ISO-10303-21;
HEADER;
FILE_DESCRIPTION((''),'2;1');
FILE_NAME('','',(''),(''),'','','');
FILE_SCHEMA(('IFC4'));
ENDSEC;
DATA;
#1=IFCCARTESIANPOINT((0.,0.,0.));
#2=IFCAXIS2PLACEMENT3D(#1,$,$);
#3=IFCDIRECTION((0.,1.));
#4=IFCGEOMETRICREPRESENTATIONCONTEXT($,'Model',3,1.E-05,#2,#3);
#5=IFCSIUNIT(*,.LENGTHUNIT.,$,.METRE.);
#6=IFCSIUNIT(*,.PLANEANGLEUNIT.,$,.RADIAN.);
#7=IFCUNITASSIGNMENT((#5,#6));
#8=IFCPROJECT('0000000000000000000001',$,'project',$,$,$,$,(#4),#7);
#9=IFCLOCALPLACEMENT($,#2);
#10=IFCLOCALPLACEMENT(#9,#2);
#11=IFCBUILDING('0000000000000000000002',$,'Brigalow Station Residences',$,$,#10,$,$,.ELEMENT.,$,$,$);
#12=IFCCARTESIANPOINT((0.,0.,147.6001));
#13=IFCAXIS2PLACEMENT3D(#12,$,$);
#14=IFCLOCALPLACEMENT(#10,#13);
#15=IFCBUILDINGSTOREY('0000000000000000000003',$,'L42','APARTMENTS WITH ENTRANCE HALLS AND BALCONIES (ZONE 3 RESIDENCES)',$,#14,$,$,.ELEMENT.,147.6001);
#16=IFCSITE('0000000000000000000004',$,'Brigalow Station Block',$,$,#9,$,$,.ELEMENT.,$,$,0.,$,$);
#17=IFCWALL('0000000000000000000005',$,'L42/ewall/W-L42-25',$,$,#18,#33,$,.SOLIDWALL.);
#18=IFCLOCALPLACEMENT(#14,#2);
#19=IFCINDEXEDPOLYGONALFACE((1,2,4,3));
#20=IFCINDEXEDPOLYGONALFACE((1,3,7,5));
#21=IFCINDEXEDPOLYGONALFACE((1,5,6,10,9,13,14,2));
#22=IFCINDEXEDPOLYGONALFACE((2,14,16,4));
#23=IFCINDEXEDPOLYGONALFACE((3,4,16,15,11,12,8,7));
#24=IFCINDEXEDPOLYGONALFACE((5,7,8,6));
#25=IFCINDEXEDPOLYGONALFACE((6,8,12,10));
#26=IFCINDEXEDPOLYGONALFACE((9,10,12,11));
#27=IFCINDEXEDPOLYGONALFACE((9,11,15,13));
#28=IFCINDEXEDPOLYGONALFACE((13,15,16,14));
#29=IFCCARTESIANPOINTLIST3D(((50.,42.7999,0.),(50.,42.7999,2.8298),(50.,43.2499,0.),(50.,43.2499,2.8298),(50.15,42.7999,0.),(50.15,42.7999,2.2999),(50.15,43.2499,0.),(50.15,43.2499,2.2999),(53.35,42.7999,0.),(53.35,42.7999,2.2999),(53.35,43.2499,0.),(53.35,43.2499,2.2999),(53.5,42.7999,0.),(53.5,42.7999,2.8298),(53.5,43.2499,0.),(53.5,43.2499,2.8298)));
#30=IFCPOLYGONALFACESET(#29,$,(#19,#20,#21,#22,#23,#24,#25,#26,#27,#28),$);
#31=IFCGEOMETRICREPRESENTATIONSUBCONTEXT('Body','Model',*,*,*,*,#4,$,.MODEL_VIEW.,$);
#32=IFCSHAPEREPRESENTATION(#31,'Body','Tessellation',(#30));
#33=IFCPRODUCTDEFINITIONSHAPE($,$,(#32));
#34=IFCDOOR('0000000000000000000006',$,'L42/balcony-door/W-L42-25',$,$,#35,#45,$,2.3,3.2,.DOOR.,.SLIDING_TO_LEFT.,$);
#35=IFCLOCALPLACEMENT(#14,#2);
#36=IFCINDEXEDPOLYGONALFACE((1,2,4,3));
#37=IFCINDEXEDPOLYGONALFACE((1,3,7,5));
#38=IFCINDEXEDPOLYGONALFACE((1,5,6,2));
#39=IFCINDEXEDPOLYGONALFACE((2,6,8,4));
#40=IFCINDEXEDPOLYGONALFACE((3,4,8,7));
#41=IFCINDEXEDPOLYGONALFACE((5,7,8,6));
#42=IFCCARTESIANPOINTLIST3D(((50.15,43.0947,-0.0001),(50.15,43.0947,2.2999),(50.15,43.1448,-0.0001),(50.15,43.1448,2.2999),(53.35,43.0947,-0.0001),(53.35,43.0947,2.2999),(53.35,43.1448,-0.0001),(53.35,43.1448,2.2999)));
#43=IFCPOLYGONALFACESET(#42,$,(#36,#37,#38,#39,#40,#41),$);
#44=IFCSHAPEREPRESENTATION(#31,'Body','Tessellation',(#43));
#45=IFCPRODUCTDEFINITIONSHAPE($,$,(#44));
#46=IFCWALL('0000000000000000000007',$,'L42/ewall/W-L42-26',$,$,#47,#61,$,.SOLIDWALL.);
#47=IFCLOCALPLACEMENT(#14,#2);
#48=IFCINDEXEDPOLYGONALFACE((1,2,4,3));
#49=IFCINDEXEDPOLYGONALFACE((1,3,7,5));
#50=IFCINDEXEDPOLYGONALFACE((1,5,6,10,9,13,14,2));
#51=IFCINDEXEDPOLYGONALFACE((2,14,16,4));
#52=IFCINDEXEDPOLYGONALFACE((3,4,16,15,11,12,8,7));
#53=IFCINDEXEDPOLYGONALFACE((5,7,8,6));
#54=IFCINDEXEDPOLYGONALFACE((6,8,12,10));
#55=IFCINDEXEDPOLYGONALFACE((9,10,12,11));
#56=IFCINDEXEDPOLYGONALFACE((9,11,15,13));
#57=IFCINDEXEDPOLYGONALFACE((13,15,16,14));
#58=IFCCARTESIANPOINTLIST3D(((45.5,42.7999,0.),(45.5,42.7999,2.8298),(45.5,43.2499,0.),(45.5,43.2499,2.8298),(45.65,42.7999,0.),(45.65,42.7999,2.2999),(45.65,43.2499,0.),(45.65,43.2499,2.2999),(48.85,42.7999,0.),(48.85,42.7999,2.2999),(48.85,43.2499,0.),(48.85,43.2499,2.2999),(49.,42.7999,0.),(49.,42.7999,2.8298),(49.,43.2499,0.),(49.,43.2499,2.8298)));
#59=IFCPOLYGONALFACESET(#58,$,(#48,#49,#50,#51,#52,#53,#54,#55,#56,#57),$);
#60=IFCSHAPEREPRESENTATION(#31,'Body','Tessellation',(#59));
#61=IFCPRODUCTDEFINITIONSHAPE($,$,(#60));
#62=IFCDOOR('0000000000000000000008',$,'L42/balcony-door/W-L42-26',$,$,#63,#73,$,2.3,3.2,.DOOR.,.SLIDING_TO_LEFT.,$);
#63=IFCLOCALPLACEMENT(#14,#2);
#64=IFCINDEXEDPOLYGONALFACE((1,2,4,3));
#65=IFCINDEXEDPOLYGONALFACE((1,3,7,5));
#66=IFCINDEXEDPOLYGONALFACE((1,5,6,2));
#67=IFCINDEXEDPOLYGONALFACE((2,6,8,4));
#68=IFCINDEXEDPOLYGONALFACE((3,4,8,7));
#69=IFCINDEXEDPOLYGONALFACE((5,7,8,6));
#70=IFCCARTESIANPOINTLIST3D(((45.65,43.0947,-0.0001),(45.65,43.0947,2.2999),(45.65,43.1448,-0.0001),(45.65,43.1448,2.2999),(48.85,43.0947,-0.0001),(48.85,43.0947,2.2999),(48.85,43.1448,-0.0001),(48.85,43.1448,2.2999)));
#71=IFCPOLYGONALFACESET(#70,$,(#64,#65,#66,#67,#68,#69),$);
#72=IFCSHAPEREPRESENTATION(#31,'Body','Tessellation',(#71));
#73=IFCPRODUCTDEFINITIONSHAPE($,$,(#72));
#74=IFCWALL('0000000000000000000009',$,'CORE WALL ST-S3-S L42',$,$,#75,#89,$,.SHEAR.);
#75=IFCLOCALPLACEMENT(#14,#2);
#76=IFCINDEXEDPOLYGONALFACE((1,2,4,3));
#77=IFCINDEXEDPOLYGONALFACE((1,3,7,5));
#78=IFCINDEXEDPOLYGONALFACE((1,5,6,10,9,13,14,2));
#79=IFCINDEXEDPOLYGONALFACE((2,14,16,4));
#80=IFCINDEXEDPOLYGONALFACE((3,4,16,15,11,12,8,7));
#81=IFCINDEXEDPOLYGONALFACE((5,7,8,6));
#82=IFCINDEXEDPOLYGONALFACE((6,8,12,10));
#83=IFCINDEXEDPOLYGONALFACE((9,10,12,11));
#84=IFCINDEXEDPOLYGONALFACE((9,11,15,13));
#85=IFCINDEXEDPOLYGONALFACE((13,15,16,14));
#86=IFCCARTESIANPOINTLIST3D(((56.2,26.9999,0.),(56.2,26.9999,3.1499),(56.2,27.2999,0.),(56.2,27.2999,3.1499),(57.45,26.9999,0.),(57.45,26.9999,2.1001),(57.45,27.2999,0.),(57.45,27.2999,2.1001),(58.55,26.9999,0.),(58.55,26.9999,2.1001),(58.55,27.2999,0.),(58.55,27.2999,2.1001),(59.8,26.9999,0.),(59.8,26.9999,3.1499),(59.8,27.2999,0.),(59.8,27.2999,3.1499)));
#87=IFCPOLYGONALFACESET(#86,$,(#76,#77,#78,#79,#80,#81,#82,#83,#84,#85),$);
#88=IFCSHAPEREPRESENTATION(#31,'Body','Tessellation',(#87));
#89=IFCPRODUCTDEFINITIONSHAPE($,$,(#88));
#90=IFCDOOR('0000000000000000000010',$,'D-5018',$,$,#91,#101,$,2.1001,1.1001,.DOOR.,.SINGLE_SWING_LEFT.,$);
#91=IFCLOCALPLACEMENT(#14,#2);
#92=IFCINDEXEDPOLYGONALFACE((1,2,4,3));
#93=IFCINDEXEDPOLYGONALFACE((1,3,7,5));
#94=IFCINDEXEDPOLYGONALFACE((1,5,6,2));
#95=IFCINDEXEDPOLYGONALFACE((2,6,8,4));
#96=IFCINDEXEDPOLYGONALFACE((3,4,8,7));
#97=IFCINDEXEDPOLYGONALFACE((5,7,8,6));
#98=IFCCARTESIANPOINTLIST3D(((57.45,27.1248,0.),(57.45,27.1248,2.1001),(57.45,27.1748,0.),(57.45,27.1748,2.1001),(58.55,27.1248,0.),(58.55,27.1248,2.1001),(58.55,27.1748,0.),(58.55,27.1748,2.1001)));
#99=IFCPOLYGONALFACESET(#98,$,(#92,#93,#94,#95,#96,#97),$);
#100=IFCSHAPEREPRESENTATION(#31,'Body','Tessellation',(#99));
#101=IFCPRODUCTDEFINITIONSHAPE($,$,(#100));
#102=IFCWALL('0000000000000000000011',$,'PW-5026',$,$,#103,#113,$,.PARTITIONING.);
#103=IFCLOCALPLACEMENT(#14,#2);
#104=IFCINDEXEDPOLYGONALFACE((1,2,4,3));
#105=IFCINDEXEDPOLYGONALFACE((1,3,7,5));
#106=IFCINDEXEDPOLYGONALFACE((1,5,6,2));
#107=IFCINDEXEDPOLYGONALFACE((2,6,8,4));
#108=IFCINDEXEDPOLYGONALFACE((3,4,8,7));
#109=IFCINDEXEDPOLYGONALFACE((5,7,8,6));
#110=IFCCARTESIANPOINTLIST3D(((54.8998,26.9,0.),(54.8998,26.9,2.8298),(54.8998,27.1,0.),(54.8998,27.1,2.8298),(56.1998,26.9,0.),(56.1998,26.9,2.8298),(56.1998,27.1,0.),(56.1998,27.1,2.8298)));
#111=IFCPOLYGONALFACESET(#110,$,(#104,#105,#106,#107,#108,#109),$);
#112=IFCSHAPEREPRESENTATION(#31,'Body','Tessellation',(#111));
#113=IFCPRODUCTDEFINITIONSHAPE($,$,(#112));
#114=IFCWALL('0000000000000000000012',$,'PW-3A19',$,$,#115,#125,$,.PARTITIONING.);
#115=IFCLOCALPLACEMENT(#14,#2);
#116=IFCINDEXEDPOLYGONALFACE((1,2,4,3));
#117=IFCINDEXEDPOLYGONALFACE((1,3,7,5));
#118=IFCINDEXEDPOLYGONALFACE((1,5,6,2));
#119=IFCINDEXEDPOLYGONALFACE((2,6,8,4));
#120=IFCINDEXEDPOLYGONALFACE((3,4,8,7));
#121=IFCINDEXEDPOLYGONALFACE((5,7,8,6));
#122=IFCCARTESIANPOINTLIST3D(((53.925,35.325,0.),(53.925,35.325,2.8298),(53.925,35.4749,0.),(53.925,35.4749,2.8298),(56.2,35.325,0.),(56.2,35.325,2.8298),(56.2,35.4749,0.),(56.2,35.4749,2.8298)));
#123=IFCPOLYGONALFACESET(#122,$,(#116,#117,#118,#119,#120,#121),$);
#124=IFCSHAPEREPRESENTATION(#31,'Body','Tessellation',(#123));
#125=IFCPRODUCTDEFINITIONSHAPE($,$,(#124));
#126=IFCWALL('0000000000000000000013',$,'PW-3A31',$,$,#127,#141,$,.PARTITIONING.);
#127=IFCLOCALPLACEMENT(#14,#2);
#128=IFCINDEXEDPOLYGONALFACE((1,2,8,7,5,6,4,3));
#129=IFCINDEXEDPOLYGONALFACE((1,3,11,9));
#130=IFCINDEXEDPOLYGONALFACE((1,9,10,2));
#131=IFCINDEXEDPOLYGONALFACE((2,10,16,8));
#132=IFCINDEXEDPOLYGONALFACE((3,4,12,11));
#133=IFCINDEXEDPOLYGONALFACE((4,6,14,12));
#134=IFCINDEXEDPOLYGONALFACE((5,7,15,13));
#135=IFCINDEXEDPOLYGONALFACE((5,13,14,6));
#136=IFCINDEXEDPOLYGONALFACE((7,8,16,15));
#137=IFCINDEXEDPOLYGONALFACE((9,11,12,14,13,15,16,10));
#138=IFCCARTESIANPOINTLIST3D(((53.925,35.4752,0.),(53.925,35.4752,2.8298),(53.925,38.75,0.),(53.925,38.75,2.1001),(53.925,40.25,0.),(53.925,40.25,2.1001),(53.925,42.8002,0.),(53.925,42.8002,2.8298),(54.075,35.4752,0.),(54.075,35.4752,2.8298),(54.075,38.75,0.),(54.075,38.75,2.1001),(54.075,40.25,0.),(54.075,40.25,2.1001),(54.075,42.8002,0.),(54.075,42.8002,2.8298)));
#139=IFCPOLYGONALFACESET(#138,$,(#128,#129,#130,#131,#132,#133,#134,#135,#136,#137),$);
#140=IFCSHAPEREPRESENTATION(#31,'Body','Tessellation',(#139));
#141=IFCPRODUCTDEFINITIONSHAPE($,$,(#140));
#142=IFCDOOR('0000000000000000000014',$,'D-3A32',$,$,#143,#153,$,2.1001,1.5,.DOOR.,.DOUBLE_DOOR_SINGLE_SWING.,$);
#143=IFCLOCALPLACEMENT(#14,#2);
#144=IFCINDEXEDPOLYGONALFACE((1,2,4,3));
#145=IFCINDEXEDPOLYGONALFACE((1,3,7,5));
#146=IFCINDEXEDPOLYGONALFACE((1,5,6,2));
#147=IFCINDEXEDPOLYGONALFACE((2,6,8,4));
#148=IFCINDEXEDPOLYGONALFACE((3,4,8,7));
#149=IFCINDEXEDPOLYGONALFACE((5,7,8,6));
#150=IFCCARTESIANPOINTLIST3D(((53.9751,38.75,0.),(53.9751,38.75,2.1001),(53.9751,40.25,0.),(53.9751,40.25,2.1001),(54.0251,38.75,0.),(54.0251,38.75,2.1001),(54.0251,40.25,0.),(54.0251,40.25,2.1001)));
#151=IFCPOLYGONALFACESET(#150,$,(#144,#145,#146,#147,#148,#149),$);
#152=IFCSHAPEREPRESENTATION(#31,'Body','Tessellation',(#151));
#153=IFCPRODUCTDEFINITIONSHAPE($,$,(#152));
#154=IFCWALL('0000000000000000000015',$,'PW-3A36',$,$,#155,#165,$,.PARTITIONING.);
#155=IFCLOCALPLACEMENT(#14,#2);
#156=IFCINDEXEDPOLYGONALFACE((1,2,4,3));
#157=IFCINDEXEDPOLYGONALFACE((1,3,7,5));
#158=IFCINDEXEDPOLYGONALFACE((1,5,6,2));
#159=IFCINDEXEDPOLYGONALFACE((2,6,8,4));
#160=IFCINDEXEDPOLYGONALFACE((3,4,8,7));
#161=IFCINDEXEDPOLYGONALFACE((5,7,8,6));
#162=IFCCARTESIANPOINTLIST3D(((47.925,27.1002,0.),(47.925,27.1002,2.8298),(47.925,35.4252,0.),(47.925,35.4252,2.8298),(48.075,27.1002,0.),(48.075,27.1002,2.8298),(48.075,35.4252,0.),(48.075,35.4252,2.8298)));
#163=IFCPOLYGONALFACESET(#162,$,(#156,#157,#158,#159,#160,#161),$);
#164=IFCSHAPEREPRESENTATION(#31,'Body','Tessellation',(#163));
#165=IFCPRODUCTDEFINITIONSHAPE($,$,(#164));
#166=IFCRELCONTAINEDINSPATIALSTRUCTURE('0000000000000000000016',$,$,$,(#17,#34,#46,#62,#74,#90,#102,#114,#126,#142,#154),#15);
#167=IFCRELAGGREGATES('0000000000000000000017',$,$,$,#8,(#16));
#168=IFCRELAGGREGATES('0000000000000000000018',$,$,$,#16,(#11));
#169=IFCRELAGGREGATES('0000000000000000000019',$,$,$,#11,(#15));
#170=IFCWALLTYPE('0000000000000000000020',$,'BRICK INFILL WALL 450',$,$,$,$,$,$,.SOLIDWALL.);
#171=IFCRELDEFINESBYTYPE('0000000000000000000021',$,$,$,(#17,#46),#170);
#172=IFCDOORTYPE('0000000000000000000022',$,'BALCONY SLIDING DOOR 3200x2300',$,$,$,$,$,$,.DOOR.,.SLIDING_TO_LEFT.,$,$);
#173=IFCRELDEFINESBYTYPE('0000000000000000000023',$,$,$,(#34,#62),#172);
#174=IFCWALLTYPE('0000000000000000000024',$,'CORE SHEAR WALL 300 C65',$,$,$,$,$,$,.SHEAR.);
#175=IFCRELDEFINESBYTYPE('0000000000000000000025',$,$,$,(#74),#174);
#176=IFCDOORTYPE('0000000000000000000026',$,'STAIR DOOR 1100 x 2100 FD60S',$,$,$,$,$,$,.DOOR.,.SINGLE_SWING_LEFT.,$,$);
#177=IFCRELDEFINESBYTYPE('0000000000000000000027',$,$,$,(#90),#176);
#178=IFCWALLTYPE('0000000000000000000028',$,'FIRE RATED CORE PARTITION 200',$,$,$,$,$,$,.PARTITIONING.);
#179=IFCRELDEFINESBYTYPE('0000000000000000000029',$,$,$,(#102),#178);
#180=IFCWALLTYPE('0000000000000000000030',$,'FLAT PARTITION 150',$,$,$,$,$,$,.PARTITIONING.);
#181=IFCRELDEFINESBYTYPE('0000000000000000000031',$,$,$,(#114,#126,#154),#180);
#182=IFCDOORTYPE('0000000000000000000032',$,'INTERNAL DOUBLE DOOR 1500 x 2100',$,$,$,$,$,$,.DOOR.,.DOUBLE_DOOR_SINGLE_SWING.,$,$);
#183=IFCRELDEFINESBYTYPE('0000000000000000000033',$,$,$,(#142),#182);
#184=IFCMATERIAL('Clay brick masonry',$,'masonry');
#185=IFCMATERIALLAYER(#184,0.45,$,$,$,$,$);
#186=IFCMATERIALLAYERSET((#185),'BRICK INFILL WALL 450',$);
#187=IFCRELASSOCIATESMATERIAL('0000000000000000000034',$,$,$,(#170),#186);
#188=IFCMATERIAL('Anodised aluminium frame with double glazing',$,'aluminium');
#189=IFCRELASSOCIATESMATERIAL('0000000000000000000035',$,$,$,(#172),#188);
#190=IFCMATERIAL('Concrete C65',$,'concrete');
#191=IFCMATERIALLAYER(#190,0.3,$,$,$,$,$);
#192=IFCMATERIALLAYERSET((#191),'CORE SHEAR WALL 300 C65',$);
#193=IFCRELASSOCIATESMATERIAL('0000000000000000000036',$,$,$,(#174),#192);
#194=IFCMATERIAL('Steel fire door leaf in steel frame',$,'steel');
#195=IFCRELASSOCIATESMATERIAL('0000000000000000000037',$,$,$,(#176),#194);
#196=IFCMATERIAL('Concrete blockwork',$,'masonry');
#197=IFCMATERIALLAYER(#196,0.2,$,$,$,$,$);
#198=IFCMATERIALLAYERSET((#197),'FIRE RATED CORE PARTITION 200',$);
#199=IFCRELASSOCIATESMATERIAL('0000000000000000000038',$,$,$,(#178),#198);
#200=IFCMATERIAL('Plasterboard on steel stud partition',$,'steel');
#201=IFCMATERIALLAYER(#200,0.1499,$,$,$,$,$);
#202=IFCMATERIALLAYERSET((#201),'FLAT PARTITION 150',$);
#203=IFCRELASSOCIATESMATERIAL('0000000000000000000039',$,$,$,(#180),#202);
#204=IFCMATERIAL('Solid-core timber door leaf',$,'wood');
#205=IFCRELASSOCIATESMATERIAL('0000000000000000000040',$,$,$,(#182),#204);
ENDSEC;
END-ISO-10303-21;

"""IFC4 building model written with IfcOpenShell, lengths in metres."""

from ifc_helpers import new_model, si_unit, direction, frame, frame_2d, origin, place, context, subcontext, project, spatial, rectangle, extrude, material, layer, layer_set, type_object, element, fill, save


model = new_model("IFC4")

# Units and contexts
model_context = context("Model", 3, precision=1e-05, world=origin(), true_north=direction((0.0, 1.0)))
body_context = subcontext(model_context, "Body", "Model", "MODEL_VIEW")
ifc_project = project(units=[si_unit("LENGTHUNIT", "METRE"), si_unit("PLANEANGLEUNIT", "RADIAN")], contexts=[model_context])

# Site, building, storey
site_placement = place(None, origin())
site = spatial("IfcSite", under=ifc_project, at=site_placement, Name="Brigalow Station Block", CompositionType="ELEMENT", RefElevation=0.0)
building_placement = place(site_placement, origin())
building = spatial("IfcBuilding", under=site, at=building_placement, Name="Brigalow Station Residences", CompositionType="ELEMENT")
storey_placement = place(building_placement, frame((0.0, 0.0, 147.6001)))
storey = spatial("IfcBuildingStorey", under=building, at=storey_placement, Name="L42", Description="APARTMENTS WITH ENTRANCE HALLS AND BALCONIES (ZONE 3 RESIDENCES)", CompositionType="ELEMENT", Elevation=147.6001)

# Walls, openings, doors
ifc_material_1 = material(Name="Clay brick masonry", Category="masonry")
ifc_layer_1 = layer(ifc_material_1, 0.45)
ifc_layer_set_1 = layer_set([ifc_layer_1], Name="BRICK INFILL WALL 450")
wall_type_1 = type_object("IfcWallType", Name="BRICK INFILL WALL 450", PredefinedType="SOLIDWALL", material=ifc_layer_set_1)
wall_1_placement = place(storey_placement, frame((53.5, 43.0249, 0.0), z_axis=(0.0, 0.0, 1.0), x_axis=(-1.0, 0.0, 0.0)))
wall_1 = element("IfcWall", 1, at=wall_1_placement, inside=storey, type_object=wall_type_1, Name="L42/ewall/W-L42-25", PredefinedType="SOLIDWALL", context=body_context, shape_type="SweptSolid", body=[
    extrude(rectangle(XDim=3.5, YDim=0.45, at=frame_2d((1.75, 0.0))), origin(), (0.0, 0.0, 1.0), 2.8298),
])
opening_1_placement = place(wall_1_placement, frame((0.1499, 0.0, 0.0)))
opening_1 = element("IfcOpeningElement", 2, at=opening_1_placement, cuts=wall_1, PredefinedType="OPENING", context=body_context, shape_type="SweptSolid", body=[
    extrude(rectangle(XDim=3.2, YDim=2.3, at=frame_2d((1.6001, 1.1499))), frame((0.0, 0.2349, 0.0), z_axis=(0.0, -1.0, 0.0), x_axis=(1.0, 0.0, 0.0)), (0.0, 0.0, 1.0), 0.47),
])
ifc_material_2 = material(Name="Anodised aluminium frame with double glazing", Category="aluminium")
door_type_1 = type_object("IfcDoorType", Name="BALCONY SLIDING DOOR 3200x2300", OperationType="SLIDING_TO_LEFT", PredefinedType="DOOR", material=ifc_material_2)
door_1_placement = place(opening_1_placement, origin())
door_1 = element("IfcDoor", 3, at=door_1_placement, inside=storey, type_object=door_type_1, Name="L42/balcony-door/W-L42-25", OperationType="SLIDING_TO_LEFT", OverallHeight=2.3, OverallWidth=3.2, PredefinedType="DOOR", context=body_context, shape_type="SweptSolid", body=[
    extrude(rectangle(XDim=3.2, YDim=2.3, at=frame_2d((1.6001, 1.1499))), frame((0.0, -0.0698, 0.0), z_axis=(0.0, -1.0, 0.0), x_axis=(1.0, 0.0, 0.0)), (0.0, 0.0, 1.0), 0.05),
])
fill(opening_1, door_1)
wall_2_placement = place(storey_placement, frame((49.0, 43.0249, 0.0), z_axis=(0.0, 0.0, 1.0), x_axis=(-1.0, 0.0, 0.0)))
wall_2 = element("IfcWall", 4, at=wall_2_placement, inside=storey, type_object=wall_type_1, Name="L42/ewall/W-L42-26", PredefinedType="SOLIDWALL", context=body_context, shape_type="SweptSolid", body=[
    extrude(rectangle(XDim=3.5, YDim=0.45, at=frame_2d((1.75, 0.0))), origin(), (0.0, 0.0, 1.0), 2.8298),
])
opening_2_placement = place(wall_2_placement, frame((0.1499, 0.0, 0.0)))
opening_2 = element("IfcOpeningElement", 5, at=opening_2_placement, cuts=wall_2, PredefinedType="OPENING", context=body_context, shape_type="SweptSolid", body=[
    extrude(rectangle(XDim=3.2, YDim=2.3, at=frame_2d((1.6001, 1.1499))), frame((0.0, 0.2349, 0.0), z_axis=(0.0, -1.0, 0.0), x_axis=(1.0, 0.0, 0.0)), (0.0, 0.0, 1.0), 0.47),
])
door_2_placement = place(opening_2_placement, origin())
door_2 = element("IfcDoor", 6, at=door_2_placement, inside=storey, type_object=door_type_1, Name="L42/balcony-door/W-L42-26", OperationType="SLIDING_TO_LEFT", OverallHeight=2.3, OverallWidth=3.2, PredefinedType="DOOR", context=body_context, shape_type="SweptSolid", body=[
    extrude(rectangle(XDim=3.2, YDim=2.3, at=frame_2d((1.6001, 1.1499))), frame((0.0, -0.0698, 0.0), z_axis=(0.0, -1.0, 0.0), x_axis=(1.0, 0.0, 0.0)), (0.0, 0.0, 1.0), 0.05),
])
fill(opening_2, door_2)
ifc_material_3 = material(Name="Concrete C65", Category="concrete")
ifc_layer_2 = layer(ifc_material_3, 0.3)
ifc_layer_set_2 = layer_set([ifc_layer_2], Name="CORE SHEAR WALL 300 C65")
wall_type_2 = type_object("IfcWallType", Name="CORE SHEAR WALL 300 C65", PredefinedType="SHEAR", material=ifc_layer_set_2)
wall_3_placement = place(storey_placement, frame((56.2, 27.1499, 0.0), z_axis=(0.0, 0.0, 1.0), x_axis=(1.0, 0.0, 0.0)))
wall_3 = element("IfcWall", 7, at=wall_3_placement, inside=storey, type_object=wall_type_2, Name="CORE WALL ST-S3-S L42", PredefinedType="SHEAR", context=body_context, shape_type="SweptSolid", body=[
    extrude(rectangle(XDim=3.6001, YDim=0.3, at=frame_2d((1.8, 0.0))), origin(), (0.0, 0.0, 1.0), 3.1499),
])
opening_3_placement = place(wall_3_placement, frame((1.25, 0.0, 0.0)))
opening_3 = element("IfcOpeningElement", 8, at=opening_3_placement, cuts=wall_3, PredefinedType="OPENING", context=body_context, shape_type="SweptSolid", body=[
    extrude(rectangle(XDim=1.1001, YDim=2.1001, at=frame_2d((0.55, 1.05))), frame((0.0, 0.1602, 0.0), z_axis=(0.0, -1.0, 0.0), x_axis=(1.0, 0.0, 0.0)), (0.0, 0.0, 1.0), 0.3201),
])
ifc_material_4 = material(Name="Steel fire door leaf in steel frame", Category="steel")
door_type_2 = type_object("IfcDoorType", Name="STAIR DOOR 1100 x 2100 FD60S", OperationType="SINGLE_SWING_LEFT", PredefinedType="DOOR", material=ifc_material_4)
door_3_placement = place(opening_3_placement, origin())
door_3 = element("IfcDoor", 9, at=door_3_placement, inside=storey, type_object=door_type_2, Name="D-5018", OperationType="SINGLE_SWING_LEFT", OverallHeight=2.1001, OverallWidth=1.1001, PredefinedType="DOOR", context=body_context, shape_type="SweptSolid", body=[
    extrude(rectangle(XDim=1.1001, YDim=2.1001, at=frame_2d((0.55, 1.05))), frame((0.0, 0.0249, 0.0), z_axis=(0.0, -1.0, 0.0), x_axis=(1.0, 0.0, 0.0)), (0.0, 0.0, 1.0), 0.05),
])
fill(opening_3, door_3)

# Walls
ifc_material_5 = material(Name="Concrete blockwork", Category="masonry")
ifc_layer_3 = layer(ifc_material_5, 0.2)
ifc_layer_set_3 = layer_set([ifc_layer_3], Name="FIRE RATED CORE PARTITION 200")
wall_type_3 = type_object("IfcWallType", Name="FIRE RATED CORE PARTITION 200", PredefinedType="PARTITIONING", material=ifc_layer_set_3)
wall_4_placement = place(storey_placement, frame((54.8999, 27.0, 0.0), z_axis=(0.0, 0.0, 1.0), x_axis=(1.0, 0.0, 0.0)))
element("IfcWall", 10, at=wall_4_placement, inside=storey, type_object=wall_type_3, Name="PW-5026", PredefinedType="PARTITIONING", context=body_context, shape_type="SweptSolid", body=[
    extrude(rectangle(XDim=1.3, YDim=0.2, at=frame_2d((0.6499, 0.0))), origin(), (0.0, 0.0, 1.0), 2.8298),
])
ifc_material_6 = material(Name="Plasterboard on steel stud partition", Category="steel")
ifc_layer_4 = layer(ifc_material_6, 0.1499)
ifc_layer_set_4 = layer_set([ifc_layer_4], Name="FLAT PARTITION 150")
wall_type_4 = type_object("IfcWallType", Name="FLAT PARTITION 150", PredefinedType="PARTITIONING", material=ifc_layer_set_4)
wall_5_placement = place(storey_placement, frame((53.925, 35.3999, 0.0), z_axis=(0.0, 0.0, 1.0), x_axis=(1.0, 0.0, 0.0)))
element("IfcWall", 11, at=wall_5_placement, inside=storey, type_object=wall_type_4, Name="PW-3A19", PredefinedType="PARTITIONING", context=body_context, shape_type="SweptSolid", body=[
    extrude(rectangle(XDim=2.2749, YDim=0.1499, at=frame_2d((1.1375, 0.0))), origin(), (0.0, 0.0, 1.0), 2.8298),
])

# Wall, opening, door
wall_6_placement = place(storey_placement, frame((54.0, 35.4751, 0.0), z_axis=(0.0, 0.0, 1.0), x_axis=(0.0, 1.0, 0.0)))
wall_6 = element("IfcWall", 12, at=wall_6_placement, inside=storey, type_object=wall_type_4, Name="PW-3A31", PredefinedType="PARTITIONING", context=body_context, shape_type="SweptSolid", body=[
    extrude(rectangle(XDim=7.325, YDim=0.1499, at=frame_2d((3.6626, 0.0))), origin(), (0.0, 0.0, 1.0), 2.8298),
])
opening_4_placement = place(wall_6_placement, frame((3.2749, 0.0, 0.0)))
opening_4 = element("IfcOpeningElement", 13, at=opening_4_placement, cuts=wall_6, PredefinedType="OPENING", context=body_context, shape_type="SweptSolid", body=[
    extrude(rectangle(XDim=1.5, YDim=2.1001, at=frame_2d((0.75, 1.05))), frame((0.0, 0.085, 0.0), z_axis=(0.0, -1.0, 0.0), x_axis=(1.0, 0.0, 0.0)), (0.0, 0.0, 1.0), 0.1699),
])
ifc_material_7 = material(Name="Solid-core timber door leaf", Category="wood")
door_type_3 = type_object("IfcDoorType", Name="INTERNAL DOUBLE DOOR 1500 x 2100", OperationType="DOUBLE_DOOR_SINGLE_SWING", PredefinedType="DOOR", material=ifc_material_7)
door_4_placement = place(opening_4_placement, origin())
door_4 = element("IfcDoor", 14, at=door_4_placement, inside=storey, type_object=door_type_3, Name="D-3A32", OperationType="DOUBLE_DOOR_SINGLE_SWING", OverallHeight=2.1001, OverallWidth=1.5, PredefinedType="DOOR", context=body_context, shape_type="SweptSolid", body=[
    extrude(rectangle(XDim=1.5, YDim=2.1001, at=frame_2d((0.75, 1.05))), frame((0.0, 0.0249, 0.0), z_axis=(0.0, -1.0, 0.0), x_axis=(1.0, 0.0, 0.0)), (0.0, 0.0, 1.0), 0.05),
])
fill(opening_4, door_4)

# Wall
wall_7_placement = place(storey_placement, frame((48.0, 27.1001, 0.0), z_axis=(0.0, 0.0, 1.0), x_axis=(0.0, 1.0, 0.0)))
element("IfcWall", 15, at=wall_7_placement, inside=storey, type_object=wall_type_4, Name="PW-3A36", PredefinedType="PARTITIONING", context=body_context, shape_type="SweptSolid", body=[
    extrude(rectangle(XDim=8.325, YDim=0.1499, at=frame_2d((4.1626, 0.0))), origin(), (0.0, 0.0, 1.0), 2.8298),
])

save(model, "model.ifc")
